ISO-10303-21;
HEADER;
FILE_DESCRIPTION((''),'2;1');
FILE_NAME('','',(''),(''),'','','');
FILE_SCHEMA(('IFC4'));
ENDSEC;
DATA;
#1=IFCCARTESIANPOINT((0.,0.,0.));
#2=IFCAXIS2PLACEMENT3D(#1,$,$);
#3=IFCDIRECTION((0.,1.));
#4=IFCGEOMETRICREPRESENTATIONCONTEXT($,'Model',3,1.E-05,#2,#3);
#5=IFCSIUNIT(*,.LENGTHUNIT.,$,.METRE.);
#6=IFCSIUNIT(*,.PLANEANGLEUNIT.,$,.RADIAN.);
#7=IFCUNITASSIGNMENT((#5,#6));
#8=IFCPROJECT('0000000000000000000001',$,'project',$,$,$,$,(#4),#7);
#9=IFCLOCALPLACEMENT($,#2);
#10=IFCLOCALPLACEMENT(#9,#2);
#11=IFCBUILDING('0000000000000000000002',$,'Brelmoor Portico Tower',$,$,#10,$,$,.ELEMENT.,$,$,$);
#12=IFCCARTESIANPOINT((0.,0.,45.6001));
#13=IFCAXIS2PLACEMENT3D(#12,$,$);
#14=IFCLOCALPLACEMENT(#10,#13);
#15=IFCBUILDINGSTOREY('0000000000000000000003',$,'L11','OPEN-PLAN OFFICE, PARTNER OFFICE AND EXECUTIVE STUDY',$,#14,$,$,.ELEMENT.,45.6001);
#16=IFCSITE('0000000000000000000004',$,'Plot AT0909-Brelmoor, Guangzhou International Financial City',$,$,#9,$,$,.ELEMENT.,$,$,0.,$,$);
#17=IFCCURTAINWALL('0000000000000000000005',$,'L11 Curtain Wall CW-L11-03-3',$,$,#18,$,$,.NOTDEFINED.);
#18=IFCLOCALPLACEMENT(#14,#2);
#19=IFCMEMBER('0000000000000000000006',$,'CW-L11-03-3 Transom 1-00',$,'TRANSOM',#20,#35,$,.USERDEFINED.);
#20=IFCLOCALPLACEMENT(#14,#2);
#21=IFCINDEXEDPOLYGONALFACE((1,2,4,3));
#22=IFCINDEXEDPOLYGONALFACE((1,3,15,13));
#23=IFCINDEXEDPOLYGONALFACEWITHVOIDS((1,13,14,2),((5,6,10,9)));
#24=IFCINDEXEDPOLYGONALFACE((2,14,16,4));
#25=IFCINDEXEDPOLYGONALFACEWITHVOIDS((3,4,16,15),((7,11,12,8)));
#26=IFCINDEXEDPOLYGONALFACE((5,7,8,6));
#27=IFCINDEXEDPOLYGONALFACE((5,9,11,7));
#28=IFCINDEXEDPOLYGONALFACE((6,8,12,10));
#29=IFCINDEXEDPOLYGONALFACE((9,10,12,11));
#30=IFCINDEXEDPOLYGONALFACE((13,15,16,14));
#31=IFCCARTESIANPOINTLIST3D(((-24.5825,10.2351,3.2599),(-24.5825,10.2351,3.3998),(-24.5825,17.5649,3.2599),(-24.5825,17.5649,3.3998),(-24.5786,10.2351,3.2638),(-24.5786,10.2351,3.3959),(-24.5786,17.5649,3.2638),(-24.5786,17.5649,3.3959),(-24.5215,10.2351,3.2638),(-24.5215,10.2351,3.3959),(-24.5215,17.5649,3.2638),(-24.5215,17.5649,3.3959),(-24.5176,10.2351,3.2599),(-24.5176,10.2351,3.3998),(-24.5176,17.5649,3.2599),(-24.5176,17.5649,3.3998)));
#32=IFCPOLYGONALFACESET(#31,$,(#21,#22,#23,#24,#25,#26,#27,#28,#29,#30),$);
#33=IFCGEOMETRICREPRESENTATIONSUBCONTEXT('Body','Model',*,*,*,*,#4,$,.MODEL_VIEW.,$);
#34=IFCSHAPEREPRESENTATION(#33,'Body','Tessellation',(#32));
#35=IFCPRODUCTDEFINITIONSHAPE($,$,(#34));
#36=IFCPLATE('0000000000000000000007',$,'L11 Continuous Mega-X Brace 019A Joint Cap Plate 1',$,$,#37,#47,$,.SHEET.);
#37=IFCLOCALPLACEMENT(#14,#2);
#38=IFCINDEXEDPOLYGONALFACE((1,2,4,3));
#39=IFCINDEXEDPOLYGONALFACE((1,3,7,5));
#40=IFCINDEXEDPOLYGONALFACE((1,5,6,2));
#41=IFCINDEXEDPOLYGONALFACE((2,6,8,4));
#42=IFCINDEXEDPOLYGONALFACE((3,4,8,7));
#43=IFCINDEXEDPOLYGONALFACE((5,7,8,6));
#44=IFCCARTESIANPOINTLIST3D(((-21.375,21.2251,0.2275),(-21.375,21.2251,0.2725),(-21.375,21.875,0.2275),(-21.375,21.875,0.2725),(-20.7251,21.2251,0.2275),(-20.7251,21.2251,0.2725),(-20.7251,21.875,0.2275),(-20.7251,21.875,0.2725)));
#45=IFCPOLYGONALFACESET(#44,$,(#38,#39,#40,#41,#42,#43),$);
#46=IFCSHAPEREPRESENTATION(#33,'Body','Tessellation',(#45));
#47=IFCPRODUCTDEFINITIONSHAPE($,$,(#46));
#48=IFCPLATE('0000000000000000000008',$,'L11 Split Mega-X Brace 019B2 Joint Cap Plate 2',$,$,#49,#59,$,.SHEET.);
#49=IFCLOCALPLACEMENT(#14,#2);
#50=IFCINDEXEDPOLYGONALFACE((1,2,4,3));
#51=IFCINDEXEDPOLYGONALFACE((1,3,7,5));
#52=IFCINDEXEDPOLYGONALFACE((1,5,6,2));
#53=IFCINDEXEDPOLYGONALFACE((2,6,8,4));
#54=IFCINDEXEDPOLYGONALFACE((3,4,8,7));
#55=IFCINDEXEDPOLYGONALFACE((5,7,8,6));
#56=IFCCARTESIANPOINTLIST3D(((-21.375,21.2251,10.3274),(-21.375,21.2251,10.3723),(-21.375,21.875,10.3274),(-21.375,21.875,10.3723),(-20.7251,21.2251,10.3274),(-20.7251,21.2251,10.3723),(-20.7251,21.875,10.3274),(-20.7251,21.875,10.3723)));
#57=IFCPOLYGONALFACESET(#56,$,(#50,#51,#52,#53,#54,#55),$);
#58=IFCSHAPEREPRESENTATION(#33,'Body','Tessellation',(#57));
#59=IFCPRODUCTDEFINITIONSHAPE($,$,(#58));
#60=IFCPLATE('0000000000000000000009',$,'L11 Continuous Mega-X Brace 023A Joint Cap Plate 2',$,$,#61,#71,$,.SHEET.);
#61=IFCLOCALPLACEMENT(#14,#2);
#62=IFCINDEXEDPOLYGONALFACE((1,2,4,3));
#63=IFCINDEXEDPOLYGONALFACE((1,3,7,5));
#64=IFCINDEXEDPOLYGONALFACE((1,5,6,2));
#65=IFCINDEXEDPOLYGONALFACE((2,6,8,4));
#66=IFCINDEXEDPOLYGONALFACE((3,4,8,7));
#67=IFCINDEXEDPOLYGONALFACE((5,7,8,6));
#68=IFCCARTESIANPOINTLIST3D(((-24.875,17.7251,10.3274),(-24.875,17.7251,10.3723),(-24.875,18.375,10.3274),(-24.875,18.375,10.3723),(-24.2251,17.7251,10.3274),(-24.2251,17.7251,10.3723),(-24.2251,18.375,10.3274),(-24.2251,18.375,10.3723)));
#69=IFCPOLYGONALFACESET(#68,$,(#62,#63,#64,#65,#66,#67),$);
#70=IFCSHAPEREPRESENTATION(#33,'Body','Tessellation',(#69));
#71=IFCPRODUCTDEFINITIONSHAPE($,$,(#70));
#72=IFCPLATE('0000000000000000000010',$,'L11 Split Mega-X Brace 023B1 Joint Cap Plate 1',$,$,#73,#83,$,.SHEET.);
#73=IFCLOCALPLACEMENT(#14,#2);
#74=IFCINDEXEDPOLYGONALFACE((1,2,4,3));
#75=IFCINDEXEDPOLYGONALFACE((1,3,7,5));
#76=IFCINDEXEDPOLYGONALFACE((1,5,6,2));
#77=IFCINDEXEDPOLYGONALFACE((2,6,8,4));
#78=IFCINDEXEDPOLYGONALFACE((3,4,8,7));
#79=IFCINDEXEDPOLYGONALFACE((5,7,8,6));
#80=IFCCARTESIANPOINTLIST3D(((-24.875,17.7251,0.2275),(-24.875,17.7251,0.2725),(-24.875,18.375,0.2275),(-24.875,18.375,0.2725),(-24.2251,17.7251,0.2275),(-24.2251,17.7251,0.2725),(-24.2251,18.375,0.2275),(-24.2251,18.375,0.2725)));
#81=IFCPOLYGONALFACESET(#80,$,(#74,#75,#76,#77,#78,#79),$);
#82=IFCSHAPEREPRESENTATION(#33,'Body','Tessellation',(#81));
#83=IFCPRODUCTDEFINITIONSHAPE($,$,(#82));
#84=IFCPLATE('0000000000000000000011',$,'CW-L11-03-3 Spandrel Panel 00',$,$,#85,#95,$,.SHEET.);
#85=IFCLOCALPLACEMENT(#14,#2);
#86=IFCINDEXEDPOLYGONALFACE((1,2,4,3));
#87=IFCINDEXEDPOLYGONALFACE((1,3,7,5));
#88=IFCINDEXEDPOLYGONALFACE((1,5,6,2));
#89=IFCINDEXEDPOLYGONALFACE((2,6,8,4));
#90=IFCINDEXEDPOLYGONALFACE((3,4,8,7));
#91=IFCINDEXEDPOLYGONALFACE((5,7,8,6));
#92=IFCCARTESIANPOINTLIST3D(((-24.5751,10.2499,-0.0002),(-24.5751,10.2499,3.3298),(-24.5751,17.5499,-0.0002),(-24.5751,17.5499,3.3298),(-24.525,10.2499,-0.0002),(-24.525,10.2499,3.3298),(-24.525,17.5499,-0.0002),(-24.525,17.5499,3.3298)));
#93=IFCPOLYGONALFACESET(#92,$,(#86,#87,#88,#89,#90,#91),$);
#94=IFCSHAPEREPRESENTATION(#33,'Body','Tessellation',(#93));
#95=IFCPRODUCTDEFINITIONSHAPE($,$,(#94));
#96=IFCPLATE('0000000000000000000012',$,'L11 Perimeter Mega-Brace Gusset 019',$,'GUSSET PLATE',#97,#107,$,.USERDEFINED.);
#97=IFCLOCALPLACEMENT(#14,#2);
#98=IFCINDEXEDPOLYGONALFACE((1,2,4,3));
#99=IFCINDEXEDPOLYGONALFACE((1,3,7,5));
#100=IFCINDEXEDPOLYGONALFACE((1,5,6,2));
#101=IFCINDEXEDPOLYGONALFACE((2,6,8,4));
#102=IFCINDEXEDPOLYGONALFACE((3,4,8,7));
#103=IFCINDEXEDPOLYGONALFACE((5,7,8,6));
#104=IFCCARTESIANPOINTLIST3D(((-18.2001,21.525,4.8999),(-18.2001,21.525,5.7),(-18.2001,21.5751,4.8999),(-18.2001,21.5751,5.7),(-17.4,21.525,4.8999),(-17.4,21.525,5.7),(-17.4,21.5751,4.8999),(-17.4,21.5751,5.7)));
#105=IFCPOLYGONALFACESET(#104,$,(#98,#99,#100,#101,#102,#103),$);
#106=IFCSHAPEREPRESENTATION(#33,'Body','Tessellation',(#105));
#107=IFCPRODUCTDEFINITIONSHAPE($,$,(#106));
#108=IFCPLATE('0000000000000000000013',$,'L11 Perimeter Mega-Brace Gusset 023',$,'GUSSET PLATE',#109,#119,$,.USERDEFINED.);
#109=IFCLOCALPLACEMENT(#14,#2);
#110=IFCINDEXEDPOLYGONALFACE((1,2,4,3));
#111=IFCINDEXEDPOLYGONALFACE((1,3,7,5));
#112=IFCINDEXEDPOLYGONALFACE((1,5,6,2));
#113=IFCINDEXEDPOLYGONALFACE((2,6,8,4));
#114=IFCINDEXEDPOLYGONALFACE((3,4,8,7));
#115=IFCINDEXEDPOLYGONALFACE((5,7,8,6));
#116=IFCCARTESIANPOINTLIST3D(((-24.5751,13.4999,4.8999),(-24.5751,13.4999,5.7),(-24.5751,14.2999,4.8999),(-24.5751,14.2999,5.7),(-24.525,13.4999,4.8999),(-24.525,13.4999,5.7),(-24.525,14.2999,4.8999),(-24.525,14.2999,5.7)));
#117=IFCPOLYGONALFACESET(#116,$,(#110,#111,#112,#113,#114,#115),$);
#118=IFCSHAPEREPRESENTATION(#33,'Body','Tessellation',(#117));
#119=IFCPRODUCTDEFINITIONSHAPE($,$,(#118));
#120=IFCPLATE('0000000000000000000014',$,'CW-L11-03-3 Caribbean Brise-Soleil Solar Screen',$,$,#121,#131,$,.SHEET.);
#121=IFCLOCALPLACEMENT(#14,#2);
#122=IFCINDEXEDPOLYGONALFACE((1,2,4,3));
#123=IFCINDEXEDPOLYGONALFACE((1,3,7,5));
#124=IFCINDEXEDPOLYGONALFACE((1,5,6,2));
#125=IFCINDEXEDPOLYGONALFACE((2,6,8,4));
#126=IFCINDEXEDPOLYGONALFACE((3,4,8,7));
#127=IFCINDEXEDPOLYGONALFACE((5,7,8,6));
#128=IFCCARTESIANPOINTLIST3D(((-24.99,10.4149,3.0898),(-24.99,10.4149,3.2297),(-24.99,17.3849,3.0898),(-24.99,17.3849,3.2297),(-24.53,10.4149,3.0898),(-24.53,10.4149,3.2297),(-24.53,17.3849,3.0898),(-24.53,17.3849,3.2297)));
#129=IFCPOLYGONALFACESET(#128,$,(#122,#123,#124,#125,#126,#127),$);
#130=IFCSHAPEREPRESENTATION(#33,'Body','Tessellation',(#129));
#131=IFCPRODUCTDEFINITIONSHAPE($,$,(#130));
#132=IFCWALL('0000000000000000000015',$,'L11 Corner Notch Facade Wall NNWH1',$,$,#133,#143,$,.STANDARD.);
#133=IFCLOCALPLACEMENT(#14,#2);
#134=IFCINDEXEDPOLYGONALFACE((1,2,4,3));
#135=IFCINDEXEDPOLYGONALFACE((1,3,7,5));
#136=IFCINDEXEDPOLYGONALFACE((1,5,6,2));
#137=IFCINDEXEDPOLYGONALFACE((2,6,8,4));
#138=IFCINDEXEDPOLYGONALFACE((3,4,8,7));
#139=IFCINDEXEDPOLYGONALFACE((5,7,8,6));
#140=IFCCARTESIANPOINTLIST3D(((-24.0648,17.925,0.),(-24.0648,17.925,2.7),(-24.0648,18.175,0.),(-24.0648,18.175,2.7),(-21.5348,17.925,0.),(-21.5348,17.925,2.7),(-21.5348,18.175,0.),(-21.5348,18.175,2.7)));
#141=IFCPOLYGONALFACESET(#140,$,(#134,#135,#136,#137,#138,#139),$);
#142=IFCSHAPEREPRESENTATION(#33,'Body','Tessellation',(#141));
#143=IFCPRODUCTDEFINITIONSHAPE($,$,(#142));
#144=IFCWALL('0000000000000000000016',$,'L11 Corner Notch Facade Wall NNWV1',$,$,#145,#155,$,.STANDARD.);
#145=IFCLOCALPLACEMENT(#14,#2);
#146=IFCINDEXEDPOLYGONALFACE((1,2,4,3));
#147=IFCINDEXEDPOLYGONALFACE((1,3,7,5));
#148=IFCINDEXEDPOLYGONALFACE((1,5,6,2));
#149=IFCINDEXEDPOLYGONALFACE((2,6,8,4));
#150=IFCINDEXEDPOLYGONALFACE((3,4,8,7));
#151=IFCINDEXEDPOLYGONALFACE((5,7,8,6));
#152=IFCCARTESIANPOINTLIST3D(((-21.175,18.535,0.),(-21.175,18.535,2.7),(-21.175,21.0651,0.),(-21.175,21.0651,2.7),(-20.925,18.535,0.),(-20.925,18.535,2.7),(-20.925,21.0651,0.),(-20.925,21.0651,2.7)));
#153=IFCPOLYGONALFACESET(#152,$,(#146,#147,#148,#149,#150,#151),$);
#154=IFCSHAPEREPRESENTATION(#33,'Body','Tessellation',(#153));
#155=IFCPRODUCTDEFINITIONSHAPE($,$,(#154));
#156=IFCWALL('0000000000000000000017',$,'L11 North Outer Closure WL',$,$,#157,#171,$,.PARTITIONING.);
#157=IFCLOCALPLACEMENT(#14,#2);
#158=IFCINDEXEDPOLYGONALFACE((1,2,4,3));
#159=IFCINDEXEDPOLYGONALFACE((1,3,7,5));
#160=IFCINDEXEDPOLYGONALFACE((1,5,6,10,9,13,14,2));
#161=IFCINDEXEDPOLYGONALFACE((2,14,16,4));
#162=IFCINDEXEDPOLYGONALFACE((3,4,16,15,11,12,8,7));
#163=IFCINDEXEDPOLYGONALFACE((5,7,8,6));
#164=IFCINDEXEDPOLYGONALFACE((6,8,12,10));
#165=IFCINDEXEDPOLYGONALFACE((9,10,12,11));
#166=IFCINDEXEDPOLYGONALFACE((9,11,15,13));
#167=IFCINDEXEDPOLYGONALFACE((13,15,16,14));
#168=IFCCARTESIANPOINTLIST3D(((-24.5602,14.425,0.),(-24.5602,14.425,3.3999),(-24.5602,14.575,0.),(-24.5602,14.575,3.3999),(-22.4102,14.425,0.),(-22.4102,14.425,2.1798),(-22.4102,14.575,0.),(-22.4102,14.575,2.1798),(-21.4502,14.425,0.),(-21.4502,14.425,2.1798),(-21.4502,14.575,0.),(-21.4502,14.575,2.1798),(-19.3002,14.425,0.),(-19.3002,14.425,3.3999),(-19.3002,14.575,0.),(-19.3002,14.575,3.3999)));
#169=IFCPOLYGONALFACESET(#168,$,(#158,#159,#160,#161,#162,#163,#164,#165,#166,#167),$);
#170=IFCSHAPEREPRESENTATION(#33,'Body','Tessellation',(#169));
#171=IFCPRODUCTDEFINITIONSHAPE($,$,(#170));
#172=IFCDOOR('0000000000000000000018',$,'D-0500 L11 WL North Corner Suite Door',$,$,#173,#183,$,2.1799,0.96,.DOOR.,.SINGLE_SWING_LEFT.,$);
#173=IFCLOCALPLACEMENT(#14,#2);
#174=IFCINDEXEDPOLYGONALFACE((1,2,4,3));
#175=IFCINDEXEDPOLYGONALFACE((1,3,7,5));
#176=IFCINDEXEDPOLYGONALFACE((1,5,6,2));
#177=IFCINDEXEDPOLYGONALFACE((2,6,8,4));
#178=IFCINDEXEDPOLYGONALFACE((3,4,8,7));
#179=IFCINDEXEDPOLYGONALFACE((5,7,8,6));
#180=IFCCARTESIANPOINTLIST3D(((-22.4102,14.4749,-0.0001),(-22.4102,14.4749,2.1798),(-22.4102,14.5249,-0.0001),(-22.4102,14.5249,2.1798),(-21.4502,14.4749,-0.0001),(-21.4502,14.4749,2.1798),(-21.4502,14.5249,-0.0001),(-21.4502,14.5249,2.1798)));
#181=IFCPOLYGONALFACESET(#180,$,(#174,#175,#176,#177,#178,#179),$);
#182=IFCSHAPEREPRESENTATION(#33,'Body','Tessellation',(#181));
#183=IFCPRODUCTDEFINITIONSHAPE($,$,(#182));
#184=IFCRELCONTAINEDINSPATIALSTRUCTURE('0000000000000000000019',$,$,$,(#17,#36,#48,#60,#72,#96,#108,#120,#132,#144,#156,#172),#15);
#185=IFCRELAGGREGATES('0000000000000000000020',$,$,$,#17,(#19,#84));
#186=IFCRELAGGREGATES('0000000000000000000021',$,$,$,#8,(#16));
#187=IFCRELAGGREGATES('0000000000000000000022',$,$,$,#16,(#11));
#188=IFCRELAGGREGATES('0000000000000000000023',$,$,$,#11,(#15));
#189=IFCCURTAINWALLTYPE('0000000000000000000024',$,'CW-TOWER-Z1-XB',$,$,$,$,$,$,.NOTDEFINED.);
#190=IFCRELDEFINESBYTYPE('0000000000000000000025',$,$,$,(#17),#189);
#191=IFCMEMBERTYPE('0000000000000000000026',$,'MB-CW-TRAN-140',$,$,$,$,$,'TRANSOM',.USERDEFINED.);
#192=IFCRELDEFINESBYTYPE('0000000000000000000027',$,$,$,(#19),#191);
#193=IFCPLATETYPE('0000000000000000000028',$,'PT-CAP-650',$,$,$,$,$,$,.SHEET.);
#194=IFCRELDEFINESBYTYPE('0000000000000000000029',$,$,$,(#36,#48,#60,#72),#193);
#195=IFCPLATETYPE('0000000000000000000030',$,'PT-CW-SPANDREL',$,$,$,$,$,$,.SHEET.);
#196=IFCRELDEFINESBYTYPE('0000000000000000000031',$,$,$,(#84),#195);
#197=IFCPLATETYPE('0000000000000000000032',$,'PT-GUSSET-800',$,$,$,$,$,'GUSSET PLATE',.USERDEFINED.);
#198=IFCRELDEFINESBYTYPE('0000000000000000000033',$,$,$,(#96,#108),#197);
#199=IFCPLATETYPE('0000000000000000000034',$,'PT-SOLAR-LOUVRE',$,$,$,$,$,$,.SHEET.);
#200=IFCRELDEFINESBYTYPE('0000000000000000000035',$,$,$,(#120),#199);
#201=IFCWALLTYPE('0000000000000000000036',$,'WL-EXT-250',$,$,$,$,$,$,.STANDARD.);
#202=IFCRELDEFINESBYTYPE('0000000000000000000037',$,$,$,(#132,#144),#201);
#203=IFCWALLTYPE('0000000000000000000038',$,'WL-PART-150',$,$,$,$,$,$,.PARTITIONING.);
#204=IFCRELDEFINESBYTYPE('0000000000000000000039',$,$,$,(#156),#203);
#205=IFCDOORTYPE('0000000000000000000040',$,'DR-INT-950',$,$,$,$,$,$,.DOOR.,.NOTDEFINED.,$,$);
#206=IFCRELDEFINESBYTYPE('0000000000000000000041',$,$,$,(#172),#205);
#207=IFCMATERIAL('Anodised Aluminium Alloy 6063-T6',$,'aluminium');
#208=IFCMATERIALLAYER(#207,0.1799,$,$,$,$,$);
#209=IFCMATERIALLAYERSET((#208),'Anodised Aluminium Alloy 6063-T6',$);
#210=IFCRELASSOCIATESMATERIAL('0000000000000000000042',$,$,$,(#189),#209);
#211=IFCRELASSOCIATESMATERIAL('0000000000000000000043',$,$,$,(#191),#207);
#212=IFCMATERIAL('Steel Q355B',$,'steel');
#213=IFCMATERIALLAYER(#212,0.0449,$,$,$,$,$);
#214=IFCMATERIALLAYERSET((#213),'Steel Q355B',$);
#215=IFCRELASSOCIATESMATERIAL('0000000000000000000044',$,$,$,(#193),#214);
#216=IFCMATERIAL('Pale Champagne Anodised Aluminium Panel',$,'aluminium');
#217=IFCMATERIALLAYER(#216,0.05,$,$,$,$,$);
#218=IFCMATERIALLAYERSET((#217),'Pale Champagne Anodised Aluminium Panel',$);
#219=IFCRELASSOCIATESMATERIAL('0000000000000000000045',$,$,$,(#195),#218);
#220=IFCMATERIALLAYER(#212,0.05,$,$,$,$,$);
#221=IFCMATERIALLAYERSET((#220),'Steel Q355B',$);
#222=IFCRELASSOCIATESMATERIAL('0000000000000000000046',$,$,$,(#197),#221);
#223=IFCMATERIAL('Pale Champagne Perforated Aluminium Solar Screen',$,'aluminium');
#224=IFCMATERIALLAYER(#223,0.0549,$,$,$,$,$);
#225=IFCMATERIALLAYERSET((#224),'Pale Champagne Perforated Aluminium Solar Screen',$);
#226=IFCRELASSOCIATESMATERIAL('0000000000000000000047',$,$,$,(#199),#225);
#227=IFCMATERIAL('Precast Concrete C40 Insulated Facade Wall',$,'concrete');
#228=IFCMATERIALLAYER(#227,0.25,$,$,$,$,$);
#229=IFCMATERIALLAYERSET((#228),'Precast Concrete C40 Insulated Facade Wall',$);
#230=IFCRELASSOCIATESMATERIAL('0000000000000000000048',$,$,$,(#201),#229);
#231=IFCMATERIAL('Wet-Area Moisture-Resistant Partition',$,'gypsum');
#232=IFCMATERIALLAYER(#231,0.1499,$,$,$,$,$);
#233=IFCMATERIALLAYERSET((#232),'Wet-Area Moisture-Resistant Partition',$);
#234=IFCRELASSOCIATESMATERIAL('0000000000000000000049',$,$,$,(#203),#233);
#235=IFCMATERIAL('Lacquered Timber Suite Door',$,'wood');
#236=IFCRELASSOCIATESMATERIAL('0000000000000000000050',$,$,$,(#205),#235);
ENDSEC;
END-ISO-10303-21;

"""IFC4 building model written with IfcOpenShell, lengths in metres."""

from ifc_helpers import new_model, si_unit, direction, frame, frame_2d, origin, origin_2d, place, context, subcontext, project, spatial, rectangle, hollow_rectangle, extrude, material, layer, layer_set, material_profile, profile_set, type_object, element, fill, aggregate, save


model = new_model("IFC4")

# Units and contexts
model_context = context("Model", 3, precision=1e-05, world=origin(), true_north=direction((0.0, 1.0)))
body_context = subcontext(model_context, "Body", "Model", "MODEL_VIEW")
ifc_project = project(units=[si_unit("LENGTHUNIT", "METRE"), si_unit("PLANEANGLEUNIT", "RADIAN")], contexts=[model_context])

# Site, building, storey
site_placement = place(None, origin())
site = spatial("IfcSite", under=ifc_project, at=site_placement, Name="Plot AT0909-Brelmoor, Guangzhou International Financial City", CompositionType="ELEMENT", RefElevation=0.0)
building_placement = place(site_placement, origin())
building = spatial("IfcBuilding", under=site, at=building_placement, Name="Brelmoor Portico Tower", CompositionType="ELEMENT")
storey_placement = place(building_placement, frame((0.0, 0.0, 45.6001)))
storey = spatial("IfcBuildingStorey", under=building, at=storey_placement, Name="L11", Description="OPEN-PLAN OFFICE, PARTNER OFFICE AND EXECUTIVE STUDY", CompositionType="ELEMENT", Elevation=45.6001)

# Shared definitions
ifc_material_1 = material(Name="Steel Q355B", Category="steel")

# Shared definitions
ifc_material_2 = material(Name="Anodised Aluminium Alloy 6063-T6", Category="aluminium")
ifc_layer_1 = layer(ifc_material_2, 0.1799)
ifc_layer_set_1 = layer_set([ifc_layer_1], Name="Anodised Aluminium Alloy 6063-T6")
curtain_wall_type = type_object("IfcCurtainWallType", Name="CW-TOWER-Z1-XB", PredefinedType="NOTDEFINED", material=ifc_layer_set_1)

# Curtain wall
curtain_wall_1_placement = place(storey_placement, origin())
curtain_wall_1 = element("IfcCurtainWall", 1, at=curtain_wall_1_placement, inside=storey, type_object=curtain_wall_type, Name="L11 Curtain Wall CW-L11-03-3", PredefinedType="NOTDEFINED")

# Member
ifc_material_profile_1 = material_profile(ifc_material_2, hollow_rectangle(XDim=0.0649, YDim=0.1399, WallThickness=0.0039, at=origin_2d()), Name="ALU TRANSOM 65x140")
ifc_profile_set_1 = profile_set([ifc_material_profile_1], Name="Anodised Aluminium Alloy 6063-T6")
member_type_1 = type_object("IfcMemberType", Name="MB-CW-TRAN-140", ElementType="TRANSOM", PredefinedType="USERDEFINED", material=ifc_profile_set_1)
member_1_placement = place(storey_placement, frame((-24.55, 10.2351, 3.3298), z_axis=(0.0, 1.0, 0.0), x_axis=(-1.0, 0.0, 0.0)))
member_1 = element("IfcMember", 2, at=member_1_placement, type_object=member_type_1, Name="CW-L11-03-3 Transom 1-00", ObjectType="TRANSOM", PredefinedType="USERDEFINED", context=body_context, shape_type="SweptSolid", body=[
    extrude(hollow_rectangle(XDim=0.0649, YDim=0.1399, WallThickness=0.0039, at=origin_2d()), origin(), (0.0, 0.0, 1.0), 7.3298),
])

# Plates
ifc_layer_2 = layer(ifc_material_1, 0.0449)
ifc_layer_set_2 = layer_set([ifc_layer_2], Name="Steel Q355B")
plate_type_1 = type_object("IfcPlateType", Name="PT-CAP-650", PredefinedType="SHEET", material=ifc_layer_set_2)
for number, where, z_axis, x_axis, name in (
    (3, (-21.05, 21.55, 0.2275), (0.0, 0.0, 1.0), (1.0, 0.0, 0.0), "L11 Continuous Mega-X Brace 019A Joint Cap Plate 1"),
    (4, (-21.05, 21.55, 10.3274), (0.0, 0.0, 1.0), (1.0, 0.0, 0.0), "L11 Split Mega-X Brace 019B2 Joint Cap Plate 2"),
    (5, (-24.55, 18.05, 10.3274), (0.0, 0.0, 1.0), (1.0, 0.0, 0.0), "L11 Continuous Mega-X Brace 023A Joint Cap Plate 2"),
    (6, (-24.55, 18.05, 0.2275), (0.0, 0.0, 1.0), (1.0, 0.0, 0.0), "L11 Split Mega-X Brace 023B1 Joint Cap Plate 1"),
):
    element("IfcPlate", number, at=place(storey_placement, frame(where, z_axis=z_axis, x_axis=x_axis)), inside=storey, type_object=plate_type_1, Name=name, PredefinedType="SHEET", context=body_context, shape_type="SweptSolid", body=[
        extrude(rectangle(XDim=0.6499, YDim=0.6499, at=origin_2d()), origin(), (0.0, 0.0, 1.0), 0.0449),
    ])

# Plate
ifc_material_3 = material(Name="Pale Champagne Anodised Aluminium Panel", Category="aluminium")
ifc_layer_3 = layer(ifc_material_3, 0.05)
ifc_layer_set_3 = layer_set([ifc_layer_3], Name="Pale Champagne Anodised Aluminium Panel")
plate_type_2 = type_object("IfcPlateType", Name="PT-CW-SPANDREL", PredefinedType="SHEET", material=ifc_layer_set_3)
plate_1_placement = place(storey_placement, frame((-24.55, 13.8999, -0.0002), z_axis=(0.0, 0.0, 1.0), x_axis=(0.0, 1.0, 0.0)))
plate_1 = element("IfcPlate", 7, at=plate_1_placement, type_object=plate_type_2, Name="CW-L11-03-3 Spandrel Panel 00", PredefinedType="SHEET", context=body_context, shape_type="SweptSolid", body=[
    extrude(rectangle(XDim=7.3, YDim=0.05, at=origin_2d()), origin(), (0.0, 0.0, 1.0), 3.3301),
])
aggregate(curtain_wall_1, [member_1, plate_1])

# Plates
ifc_layer_4 = layer(ifc_material_1, 0.05)
ifc_layer_set_4 = layer_set([ifc_layer_4], Name="Steel Q355B")
plate_type_3 = type_object("IfcPlateType", Name="PT-GUSSET-800", ElementType="GUSSET PLATE", PredefinedType="USERDEFINED", material=ifc_layer_set_4)
plate_2_placement = place(storey_placement, frame((-17.8, 21.55, 4.8999), z_axis=(0.0, 0.0, 1.0), x_axis=(1.0, 0.0, 0.0)))
element("IfcPlate", 8, at=plate_2_placement, inside=storey, type_object=plate_type_3, Name="L11 Perimeter Mega-Brace Gusset 019", ObjectType="GUSSET PLATE", PredefinedType="USERDEFINED", context=body_context, shape_type="SweptSolid", body=[
    extrude(rectangle(XDim=0.8, YDim=0.05, at=origin_2d()), origin(), (0.0, 0.0, 1.0), 0.8),
])
plate_3_placement = place(storey_placement, frame((-24.55, 13.8999, 4.8999), z_axis=(0.0, 0.0, 1.0), x_axis=(1.0, 0.0, 0.0)))
element("IfcPlate", 9, at=plate_3_placement, inside=storey, type_object=plate_type_3, Name="L11 Perimeter Mega-Brace Gusset 023", ObjectType="GUSSET PLATE", PredefinedType="USERDEFINED", context=body_context, shape_type="SweptSolid", body=[
    extrude(rectangle(XDim=0.05, YDim=0.8, at=origin_2d()), origin(), (0.0, 0.0, 1.0), 0.8),
])
ifc_material_4 = material(Name="Pale Champagne Perforated Aluminium Solar Screen", Category="aluminium")
ifc_layer_5 = layer(ifc_material_4, 0.0549)
ifc_layer_set_5 = layer_set([ifc_layer_5], Name="Pale Champagne Perforated Aluminium Solar Screen")
plate_type_4 = type_object("IfcPlateType", Name="PT-SOLAR-LOUVRE", PredefinedType="SHEET", material=ifc_layer_set_5)
plate_4_placement = place(storey_placement, frame((-24.76, 13.8999, 3.0898), z_axis=(0.0, 0.0, 1.0), x_axis=(0.0, 1.0, 0.0)))
element("IfcPlate", 10, at=plate_4_placement, inside=storey, type_object=plate_type_4, Name="CW-L11-03-3 Caribbean Brise-Soleil Solar Screen", PredefinedType="SHEET", context=body_context, shape_type="SweptSolid", body=[
    extrude(rectangle(XDim=6.97, YDim=0.46, at=origin_2d()), origin(), (0.0, 0.0, 1.0), 0.1399),
])

# Walls
ifc_material_5 = material(Name="Precast Concrete C40 Insulated Facade Wall", Category="concrete")
ifc_layer_6 = layer(ifc_material_5, 0.25)
ifc_layer_set_6 = layer_set([ifc_layer_6], Name="Precast Concrete C40 Insulated Facade Wall")
wall_type_1 = type_object("IfcWallType", Name="WL-EXT-250", PredefinedType="STANDARD", material=ifc_layer_set_6)
for number, where, z_axis, x_axis, name in (
    (11, (-24.0649, 18.05, 0.0), (0.0, 0.0, 1.0), (1.0, 0.0, 0.0), "L11 Corner Notch Facade Wall NNWH1"),
    (12, (-21.05, 18.5349, 0.0), (0.0, 0.0, 1.0), (0.0, 1.0, 0.0), "L11 Corner Notch Facade Wall NNWV1"),
):
    element("IfcWall", number, at=place(storey_placement, frame(where, z_axis=z_axis, x_axis=x_axis)), inside=storey, type_object=wall_type_1, Name=name, PredefinedType="STANDARD", context=body_context, shape_type="SweptSolid", body=[
        extrude(rectangle(XDim=2.53, YDim=0.25, at=frame_2d((1.2651, 0.0))), origin(), (0.0, 0.0, 1.0), 2.7),
    ])

# Wall, opening, door
ifc_material_6 = material(Name="Wet-Area Moisture-Resistant Partition", Category="gypsum")
ifc_layer_7 = layer(ifc_material_6, 0.1499)
ifc_layer_set_7 = layer_set([ifc_layer_7], Name="Wet-Area Moisture-Resistant Partition")
wall_type_2 = type_object("IfcWallType", Name="WL-PART-150", PredefinedType="PARTITIONING", material=ifc_layer_set_7)
wall_1_placement = place(storey_placement, frame((-24.5601, 14.5, 0.0), z_axis=(0.0, 0.0, 1.0), x_axis=(1.0, 0.0, 0.0)))
wall_1 = element("IfcWall", 13, at=wall_1_placement, inside=storey, type_object=wall_type_2, Name="L11 North Outer Closure WL", PredefinedType="PARTITIONING", context=body_context, shape_type="SweptSolid", body=[
    extrude(rectangle(XDim=5.26, YDim=0.1499, at=frame_2d((2.6299, 0.0))), origin(), (0.0, 0.0, 1.0), 3.3999),
])
opening_1_placement = place(wall_1_placement, frame((2.1499, 0.0, 0.0)))
opening_1 = element("IfcOpeningElement", 14, at=opening_1_placement, cuts=wall_1, PredefinedType="OPENING", context=body_context, shape_type="SweptSolid", body=[
    extrude(rectangle(XDim=0.96, YDim=2.1799, at=frame_2d((0.48, 1.0898))), frame((0.0, 0.085, 0.0), z_axis=(0.0, -1.0, 0.0), x_axis=(1.0, 0.0, 0.0)), (0.0, 0.0, 1.0), 0.1699),
])
ifc_material_7 = material(Name="Lacquered Timber Suite Door", Category="wood")
door_type_1 = type_object("IfcDoorType", Name="DR-INT-950", OperationType="NOTDEFINED", PredefinedType="DOOR", material=ifc_material_7)
door_1_placement = place(opening_1_placement, origin())
door_1 = element("IfcDoor", 15, at=door_1_placement, inside=storey, type_object=door_type_1, Name="D-0500 L11 WL North Corner Suite Door", OperationType="SINGLE_SWING_LEFT", OverallHeight=2.1799, OverallWidth=0.96, PredefinedType="DOOR", context=body_context, shape_type="SweptSolid", body=[
    extrude(rectangle(XDim=0.96, YDim=2.1799, at=frame_2d((0.48, 1.0898))), frame((0.0, 0.0249, 0.0), z_axis=(0.0, -1.0, 0.0), x_axis=(1.0, 0.0, 0.0)), (0.0, 0.0, 1.0), 0.05),
])
fill(opening_1, door_1)

save(model, "model.ifc")
